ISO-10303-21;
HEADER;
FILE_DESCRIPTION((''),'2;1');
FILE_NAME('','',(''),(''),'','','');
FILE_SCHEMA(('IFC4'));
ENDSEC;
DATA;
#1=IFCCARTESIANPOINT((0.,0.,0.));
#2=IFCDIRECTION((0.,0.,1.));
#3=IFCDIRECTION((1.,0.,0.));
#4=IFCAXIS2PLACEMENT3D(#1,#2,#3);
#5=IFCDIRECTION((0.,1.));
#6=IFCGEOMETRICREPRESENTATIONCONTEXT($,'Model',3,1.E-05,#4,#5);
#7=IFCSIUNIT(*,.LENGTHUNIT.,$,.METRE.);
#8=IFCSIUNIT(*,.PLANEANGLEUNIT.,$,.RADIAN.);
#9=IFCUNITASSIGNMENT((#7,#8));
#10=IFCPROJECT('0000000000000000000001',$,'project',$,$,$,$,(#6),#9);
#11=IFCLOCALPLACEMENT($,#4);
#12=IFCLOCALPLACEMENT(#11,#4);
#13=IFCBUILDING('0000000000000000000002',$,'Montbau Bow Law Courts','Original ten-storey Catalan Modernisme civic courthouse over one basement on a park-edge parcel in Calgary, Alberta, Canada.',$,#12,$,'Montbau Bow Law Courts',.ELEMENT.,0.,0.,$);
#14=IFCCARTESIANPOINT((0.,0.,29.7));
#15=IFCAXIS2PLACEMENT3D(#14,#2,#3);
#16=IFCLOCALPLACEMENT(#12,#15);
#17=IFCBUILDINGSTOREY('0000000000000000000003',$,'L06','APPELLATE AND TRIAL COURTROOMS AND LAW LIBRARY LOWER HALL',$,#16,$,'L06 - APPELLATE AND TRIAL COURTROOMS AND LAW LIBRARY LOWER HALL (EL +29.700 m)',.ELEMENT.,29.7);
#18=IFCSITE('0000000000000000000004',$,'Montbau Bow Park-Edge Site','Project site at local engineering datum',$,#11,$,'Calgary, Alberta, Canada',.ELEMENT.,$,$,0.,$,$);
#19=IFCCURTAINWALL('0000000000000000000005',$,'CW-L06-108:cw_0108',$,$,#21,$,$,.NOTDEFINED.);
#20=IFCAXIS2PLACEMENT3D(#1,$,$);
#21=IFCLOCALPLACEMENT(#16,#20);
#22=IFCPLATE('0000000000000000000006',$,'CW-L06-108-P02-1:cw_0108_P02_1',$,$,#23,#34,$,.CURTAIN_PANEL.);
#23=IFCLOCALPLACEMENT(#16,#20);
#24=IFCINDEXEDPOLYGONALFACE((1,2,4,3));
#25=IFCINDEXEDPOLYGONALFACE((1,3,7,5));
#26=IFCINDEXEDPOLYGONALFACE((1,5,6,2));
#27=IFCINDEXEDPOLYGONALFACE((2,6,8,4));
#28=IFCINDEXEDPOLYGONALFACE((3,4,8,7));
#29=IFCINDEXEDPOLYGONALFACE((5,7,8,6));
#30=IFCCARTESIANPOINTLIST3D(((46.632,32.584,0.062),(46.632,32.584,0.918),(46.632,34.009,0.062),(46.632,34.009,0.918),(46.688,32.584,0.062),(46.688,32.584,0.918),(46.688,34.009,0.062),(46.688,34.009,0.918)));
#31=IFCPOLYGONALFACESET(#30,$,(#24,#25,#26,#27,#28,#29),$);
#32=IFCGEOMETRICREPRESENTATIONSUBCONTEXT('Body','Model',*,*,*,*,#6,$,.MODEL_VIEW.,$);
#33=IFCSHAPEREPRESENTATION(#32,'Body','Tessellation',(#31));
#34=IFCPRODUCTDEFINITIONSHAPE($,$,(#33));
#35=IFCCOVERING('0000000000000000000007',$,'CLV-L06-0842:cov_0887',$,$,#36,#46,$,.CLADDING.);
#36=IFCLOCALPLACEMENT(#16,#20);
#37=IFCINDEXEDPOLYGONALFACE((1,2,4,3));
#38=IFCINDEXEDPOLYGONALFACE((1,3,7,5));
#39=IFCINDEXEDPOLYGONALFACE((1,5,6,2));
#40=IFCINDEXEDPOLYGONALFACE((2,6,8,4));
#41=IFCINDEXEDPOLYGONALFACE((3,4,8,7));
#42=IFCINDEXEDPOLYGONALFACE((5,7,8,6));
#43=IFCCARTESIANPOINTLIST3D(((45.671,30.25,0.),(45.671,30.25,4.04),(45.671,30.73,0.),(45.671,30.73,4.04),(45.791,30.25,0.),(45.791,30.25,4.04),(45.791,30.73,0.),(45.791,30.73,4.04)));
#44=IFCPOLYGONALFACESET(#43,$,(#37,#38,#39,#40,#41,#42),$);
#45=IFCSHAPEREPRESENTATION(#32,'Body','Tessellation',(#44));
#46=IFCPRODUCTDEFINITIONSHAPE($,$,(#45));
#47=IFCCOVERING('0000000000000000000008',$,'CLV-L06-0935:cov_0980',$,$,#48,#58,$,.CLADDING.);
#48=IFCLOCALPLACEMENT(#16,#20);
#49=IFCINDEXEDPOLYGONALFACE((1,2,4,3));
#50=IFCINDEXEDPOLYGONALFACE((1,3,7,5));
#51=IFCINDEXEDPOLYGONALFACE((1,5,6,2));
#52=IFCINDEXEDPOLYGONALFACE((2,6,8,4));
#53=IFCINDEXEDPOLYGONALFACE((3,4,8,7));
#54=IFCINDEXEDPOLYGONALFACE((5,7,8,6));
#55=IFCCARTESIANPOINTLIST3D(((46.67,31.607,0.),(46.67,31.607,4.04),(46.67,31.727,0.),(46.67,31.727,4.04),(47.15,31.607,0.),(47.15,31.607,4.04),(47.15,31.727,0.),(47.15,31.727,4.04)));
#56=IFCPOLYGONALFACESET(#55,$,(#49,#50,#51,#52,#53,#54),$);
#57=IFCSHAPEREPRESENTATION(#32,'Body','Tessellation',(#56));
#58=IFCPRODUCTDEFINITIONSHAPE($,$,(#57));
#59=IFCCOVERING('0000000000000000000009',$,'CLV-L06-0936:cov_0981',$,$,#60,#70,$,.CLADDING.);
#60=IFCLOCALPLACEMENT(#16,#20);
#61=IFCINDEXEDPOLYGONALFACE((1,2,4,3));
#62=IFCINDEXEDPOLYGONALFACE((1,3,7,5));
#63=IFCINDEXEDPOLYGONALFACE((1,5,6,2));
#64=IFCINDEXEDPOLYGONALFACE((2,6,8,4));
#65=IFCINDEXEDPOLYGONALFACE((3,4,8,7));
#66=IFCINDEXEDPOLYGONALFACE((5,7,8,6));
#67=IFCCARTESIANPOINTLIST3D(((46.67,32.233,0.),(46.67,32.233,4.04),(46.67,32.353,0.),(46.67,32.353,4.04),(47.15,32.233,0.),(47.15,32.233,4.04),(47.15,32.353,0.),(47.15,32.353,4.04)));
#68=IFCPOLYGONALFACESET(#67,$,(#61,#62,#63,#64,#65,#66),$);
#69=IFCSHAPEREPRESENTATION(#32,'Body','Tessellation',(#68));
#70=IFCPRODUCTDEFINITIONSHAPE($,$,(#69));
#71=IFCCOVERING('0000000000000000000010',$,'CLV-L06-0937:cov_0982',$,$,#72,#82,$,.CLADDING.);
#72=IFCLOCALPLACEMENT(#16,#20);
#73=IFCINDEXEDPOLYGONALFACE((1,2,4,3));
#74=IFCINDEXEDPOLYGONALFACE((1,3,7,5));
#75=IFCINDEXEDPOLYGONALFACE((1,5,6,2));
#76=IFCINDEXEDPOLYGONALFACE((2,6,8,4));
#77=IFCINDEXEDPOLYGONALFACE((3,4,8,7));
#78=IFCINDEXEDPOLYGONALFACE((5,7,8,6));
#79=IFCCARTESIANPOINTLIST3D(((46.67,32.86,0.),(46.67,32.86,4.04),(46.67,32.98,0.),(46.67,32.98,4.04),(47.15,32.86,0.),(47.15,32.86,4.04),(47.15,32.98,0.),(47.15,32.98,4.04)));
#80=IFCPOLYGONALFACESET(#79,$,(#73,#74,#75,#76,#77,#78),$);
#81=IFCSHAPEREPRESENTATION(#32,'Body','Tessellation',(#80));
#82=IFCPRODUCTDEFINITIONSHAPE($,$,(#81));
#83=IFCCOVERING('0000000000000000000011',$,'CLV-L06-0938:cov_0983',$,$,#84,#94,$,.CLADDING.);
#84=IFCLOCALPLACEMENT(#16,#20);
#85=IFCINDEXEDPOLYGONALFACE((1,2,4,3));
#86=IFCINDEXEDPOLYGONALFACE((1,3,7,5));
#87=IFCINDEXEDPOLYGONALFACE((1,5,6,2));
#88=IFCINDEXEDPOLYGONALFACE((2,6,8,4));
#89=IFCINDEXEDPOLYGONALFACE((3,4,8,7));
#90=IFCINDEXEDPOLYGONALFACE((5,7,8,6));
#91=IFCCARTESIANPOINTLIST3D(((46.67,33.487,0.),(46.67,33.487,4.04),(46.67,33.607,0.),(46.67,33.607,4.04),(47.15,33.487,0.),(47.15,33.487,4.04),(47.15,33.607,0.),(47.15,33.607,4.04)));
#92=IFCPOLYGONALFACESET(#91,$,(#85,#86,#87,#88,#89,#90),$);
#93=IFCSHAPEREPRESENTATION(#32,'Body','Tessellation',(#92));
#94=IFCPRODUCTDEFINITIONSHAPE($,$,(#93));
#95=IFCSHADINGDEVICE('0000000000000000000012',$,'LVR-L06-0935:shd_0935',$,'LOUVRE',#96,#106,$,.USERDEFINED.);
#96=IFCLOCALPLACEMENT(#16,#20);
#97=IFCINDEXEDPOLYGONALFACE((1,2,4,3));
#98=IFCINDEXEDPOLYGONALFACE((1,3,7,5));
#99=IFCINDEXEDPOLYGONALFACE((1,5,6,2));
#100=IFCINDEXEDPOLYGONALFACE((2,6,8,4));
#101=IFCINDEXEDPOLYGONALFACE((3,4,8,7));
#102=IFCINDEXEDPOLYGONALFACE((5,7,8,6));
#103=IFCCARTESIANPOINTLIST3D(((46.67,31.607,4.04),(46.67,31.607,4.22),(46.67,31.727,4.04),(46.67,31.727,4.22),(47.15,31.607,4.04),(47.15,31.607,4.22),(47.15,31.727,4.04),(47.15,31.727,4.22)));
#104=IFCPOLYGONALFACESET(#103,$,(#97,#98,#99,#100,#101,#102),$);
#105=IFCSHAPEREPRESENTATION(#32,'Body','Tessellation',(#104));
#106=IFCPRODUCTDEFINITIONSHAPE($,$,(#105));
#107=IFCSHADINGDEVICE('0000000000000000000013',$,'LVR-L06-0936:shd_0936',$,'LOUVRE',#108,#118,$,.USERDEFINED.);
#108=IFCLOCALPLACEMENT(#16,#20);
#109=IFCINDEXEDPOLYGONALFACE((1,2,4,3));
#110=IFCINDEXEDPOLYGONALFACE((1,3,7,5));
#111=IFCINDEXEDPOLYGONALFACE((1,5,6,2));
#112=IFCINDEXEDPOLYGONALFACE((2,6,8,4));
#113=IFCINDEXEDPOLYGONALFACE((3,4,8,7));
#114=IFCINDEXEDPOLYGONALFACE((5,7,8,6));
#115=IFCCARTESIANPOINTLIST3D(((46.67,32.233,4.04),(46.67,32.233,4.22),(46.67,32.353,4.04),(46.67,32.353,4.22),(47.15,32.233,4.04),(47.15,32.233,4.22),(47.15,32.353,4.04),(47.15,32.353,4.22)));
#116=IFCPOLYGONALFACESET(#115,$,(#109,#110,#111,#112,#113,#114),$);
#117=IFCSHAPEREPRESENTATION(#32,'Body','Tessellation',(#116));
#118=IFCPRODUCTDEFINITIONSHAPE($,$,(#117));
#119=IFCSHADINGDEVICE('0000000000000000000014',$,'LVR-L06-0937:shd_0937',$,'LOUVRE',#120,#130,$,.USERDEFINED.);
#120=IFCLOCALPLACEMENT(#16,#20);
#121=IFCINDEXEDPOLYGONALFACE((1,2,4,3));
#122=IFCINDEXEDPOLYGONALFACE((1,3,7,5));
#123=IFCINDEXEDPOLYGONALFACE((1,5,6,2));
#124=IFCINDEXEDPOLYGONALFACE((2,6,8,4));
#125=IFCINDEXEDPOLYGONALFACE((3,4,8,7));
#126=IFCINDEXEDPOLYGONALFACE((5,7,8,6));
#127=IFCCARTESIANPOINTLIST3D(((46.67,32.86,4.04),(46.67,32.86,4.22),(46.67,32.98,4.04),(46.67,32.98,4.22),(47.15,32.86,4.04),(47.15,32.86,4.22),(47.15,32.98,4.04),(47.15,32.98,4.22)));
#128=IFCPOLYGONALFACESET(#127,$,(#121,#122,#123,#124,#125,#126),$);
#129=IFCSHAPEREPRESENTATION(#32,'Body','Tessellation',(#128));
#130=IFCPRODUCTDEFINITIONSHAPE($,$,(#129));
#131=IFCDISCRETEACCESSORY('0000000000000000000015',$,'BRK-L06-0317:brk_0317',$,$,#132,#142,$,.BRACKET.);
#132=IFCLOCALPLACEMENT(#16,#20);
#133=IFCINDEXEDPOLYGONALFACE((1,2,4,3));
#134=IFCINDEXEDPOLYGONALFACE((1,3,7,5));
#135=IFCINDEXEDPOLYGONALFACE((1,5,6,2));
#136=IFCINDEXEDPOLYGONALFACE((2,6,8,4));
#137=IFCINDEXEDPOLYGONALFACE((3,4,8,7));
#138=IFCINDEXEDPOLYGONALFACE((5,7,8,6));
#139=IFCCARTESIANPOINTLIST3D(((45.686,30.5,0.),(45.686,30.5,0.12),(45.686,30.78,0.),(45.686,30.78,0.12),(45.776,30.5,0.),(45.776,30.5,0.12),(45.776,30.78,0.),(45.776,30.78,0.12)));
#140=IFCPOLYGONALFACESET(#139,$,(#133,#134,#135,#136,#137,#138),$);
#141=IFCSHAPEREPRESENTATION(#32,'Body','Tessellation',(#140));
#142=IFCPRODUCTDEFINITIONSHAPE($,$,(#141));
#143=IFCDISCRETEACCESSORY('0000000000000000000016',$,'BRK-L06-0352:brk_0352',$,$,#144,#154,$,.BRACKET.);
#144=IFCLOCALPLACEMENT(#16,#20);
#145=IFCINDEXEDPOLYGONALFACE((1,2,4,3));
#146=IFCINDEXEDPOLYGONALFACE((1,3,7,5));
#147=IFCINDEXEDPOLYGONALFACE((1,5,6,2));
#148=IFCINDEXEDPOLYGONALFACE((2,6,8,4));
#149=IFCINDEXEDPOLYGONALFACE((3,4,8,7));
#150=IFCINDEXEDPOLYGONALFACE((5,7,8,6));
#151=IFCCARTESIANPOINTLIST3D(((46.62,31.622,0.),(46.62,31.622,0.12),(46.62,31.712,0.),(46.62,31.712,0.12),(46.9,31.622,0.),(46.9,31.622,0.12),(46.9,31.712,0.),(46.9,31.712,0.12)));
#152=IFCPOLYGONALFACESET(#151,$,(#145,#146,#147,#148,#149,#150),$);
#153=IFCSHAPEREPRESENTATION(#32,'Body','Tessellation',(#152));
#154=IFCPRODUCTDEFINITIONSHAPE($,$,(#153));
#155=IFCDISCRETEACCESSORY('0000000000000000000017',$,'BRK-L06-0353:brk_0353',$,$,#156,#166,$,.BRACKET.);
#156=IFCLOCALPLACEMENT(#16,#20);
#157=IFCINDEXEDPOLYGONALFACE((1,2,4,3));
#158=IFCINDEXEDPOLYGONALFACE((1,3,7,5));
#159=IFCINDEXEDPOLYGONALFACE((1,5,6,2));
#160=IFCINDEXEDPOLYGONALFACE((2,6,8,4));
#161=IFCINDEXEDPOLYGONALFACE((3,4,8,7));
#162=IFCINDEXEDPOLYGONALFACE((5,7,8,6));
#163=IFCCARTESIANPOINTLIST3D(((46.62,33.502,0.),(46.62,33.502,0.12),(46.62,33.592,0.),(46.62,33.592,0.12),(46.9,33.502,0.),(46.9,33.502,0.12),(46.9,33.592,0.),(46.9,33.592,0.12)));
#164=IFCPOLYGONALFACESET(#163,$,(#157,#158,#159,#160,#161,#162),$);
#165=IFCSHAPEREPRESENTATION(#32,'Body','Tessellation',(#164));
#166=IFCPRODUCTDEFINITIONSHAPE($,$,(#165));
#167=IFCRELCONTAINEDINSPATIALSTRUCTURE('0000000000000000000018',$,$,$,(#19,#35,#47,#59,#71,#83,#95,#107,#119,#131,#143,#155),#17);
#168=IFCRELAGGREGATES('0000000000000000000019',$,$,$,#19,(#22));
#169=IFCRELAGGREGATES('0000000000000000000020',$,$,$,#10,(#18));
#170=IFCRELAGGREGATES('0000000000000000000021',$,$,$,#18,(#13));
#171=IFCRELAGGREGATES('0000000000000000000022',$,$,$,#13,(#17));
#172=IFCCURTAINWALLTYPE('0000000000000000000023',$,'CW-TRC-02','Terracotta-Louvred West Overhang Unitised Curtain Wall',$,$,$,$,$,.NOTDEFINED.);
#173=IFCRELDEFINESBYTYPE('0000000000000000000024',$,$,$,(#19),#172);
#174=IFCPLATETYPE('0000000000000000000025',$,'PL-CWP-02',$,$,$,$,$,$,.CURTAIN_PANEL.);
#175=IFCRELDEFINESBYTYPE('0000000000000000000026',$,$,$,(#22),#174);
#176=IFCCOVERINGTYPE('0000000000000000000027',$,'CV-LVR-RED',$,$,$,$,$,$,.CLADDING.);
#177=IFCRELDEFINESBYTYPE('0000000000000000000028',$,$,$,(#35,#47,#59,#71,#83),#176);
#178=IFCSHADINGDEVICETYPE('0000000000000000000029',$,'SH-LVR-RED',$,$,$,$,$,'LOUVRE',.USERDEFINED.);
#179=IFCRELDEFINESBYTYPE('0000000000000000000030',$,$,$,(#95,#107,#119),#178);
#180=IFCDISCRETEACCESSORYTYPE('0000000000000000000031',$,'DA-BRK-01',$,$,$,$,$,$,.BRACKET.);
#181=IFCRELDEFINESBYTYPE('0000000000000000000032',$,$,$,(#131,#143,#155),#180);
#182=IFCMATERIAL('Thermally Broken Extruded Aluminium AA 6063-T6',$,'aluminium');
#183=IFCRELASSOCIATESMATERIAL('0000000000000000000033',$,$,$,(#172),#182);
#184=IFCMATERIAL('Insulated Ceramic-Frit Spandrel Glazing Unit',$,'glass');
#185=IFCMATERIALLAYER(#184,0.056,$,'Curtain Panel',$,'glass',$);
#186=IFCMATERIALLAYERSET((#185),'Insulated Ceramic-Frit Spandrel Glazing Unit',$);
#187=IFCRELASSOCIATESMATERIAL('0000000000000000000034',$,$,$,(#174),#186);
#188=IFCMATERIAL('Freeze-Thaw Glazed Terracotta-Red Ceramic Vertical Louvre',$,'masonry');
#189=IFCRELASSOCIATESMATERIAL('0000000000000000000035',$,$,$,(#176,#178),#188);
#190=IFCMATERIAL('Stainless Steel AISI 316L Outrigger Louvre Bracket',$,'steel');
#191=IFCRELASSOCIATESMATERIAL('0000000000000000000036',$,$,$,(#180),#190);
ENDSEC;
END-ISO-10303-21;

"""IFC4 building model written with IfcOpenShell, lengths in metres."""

from ifc_helpers import new_model, si_unit, direction, frame, frame_2d, origin_with_axes, origin_2d_with_axis, place, context, subcontext, project, spatial, rectangle, extrude, material, layer, layer_set, type_object, element, aggregate, save


model = new_model("IFC4")

# Units and contexts
model_context = context("Model", 3, precision=1e-05, world=origin_with_axes(), true_north=direction((0.0, 1.0)))
body_context = subcontext(model_context, "Body", "Model", "MODEL_VIEW")
ifc_project = project(units=[si_unit("LENGTHUNIT", "METRE"), si_unit("PLANEANGLEUNIT", "RADIAN")], contexts=[model_context])

# Site, building, storey
site_placement = place(None, origin_with_axes())
site = spatial("IfcSite", under=ifc_project, at=site_placement, Name="Montbau Bow Park-Edge Site", Description="Project site at local engineering datum", LongName="Calgary, Alberta, Canada", CompositionType="ELEMENT", RefElevation=0.0)
building_placement = place(site_placement, origin_with_axes())
building = spatial("IfcBuilding", under=site, at=building_placement, Name="Montbau Bow Law Courts", Description="Original ten-storey Catalan Modernisme civic courthouse over one basement on a park-edge parcel in Calgary, Alberta, Canada.", LongName="Montbau Bow Law Courts", CompositionType="ELEMENT", ElevationOfRefHeight=0.0, ElevationOfTerrain=0.0)
storey_placement = place(building_placement, frame((0.0, 0.0, 29.7), z_axis=(0.0, 0.0, 1.0), x_axis=(1.0, 0.0, 0.0)))
storey = spatial("IfcBuildingStorey", under=building, at=storey_placement, Name="L06", Description="APPELLATE AND TRIAL COURTROOMS AND LAW LIBRARY LOWER HALL", LongName="L06 - APPELLATE AND TRIAL COURTROOMS AND LAW LIBRARY LOWER HALL (EL +29.700 m)", CompositionType="ELEMENT", Elevation=29.7)

# Curtain wall
ifc_material_1 = material(Name="Thermally Broken Extruded Aluminium AA 6063-T6", Category="aluminium")
curtain_wall_type = type_object("IfcCurtainWallType", Name="CW-TRC-02", Description="Terracotta-Louvred West Overhang Unitised Curtain Wall", PredefinedType="NOTDEFINED", material=ifc_material_1)
curtain_wall_1_placement = place(None, frame((46.66, 31.04, 29.7), z_axis=(0.0, 0.0, 1.0), x_axis=(1.0, 0.0, 0.0)))
curtain_wall_1 = element("IfcCurtainWall", 1, at=curtain_wall_1_placement, inside=storey, type_object=curtain_wall_type, Name="CW-L06-108:cw_0108", PredefinedType="NOTDEFINED")

# Plate
ifc_material_2 = material(Name="Insulated Ceramic-Frit Spandrel Glazing Unit", Category="glass")
ifc_layer_1 = layer(ifc_material_2, 0.056, Name="Curtain Panel", Category="glass")
ifc_layer_set_1 = layer_set([ifc_layer_1], Name="Insulated Ceramic-Frit Spandrel Glazing Unit")
plate_type_1 = type_object("IfcPlateType", Name="PL-CWP-02", PredefinedType="CURTAIN_PANEL", material=ifc_layer_set_1)
plate_1_placement = place(None, frame((46.66, 32.584, 29.762), z_axis=(1.0, 0.0, 0.0), x_axis=(0.0, 1.0, 0.0)))
plate_1 = element("IfcPlate", 2, at=plate_1_placement, type_object=plate_type_1, Name="CW-L06-108-P02-1:cw_0108_P02_1", PredefinedType="CURTAIN_PANEL", context=body_context, shape_type="SweptSolid", body=[
    extrude(rectangle(XDim=1.425, YDim=0.856, at=frame_2d((0.7125, 0.428), x_axis=(1.0, 0.0))), frame((0.0, 0.0, -0.028), z_axis=(0.0, 0.0, 1.0), x_axis=(1.0, 0.0, 0.0)), (0.0, 0.0, 1.0), 0.056),
])
aggregate(curtain_wall_1, [plate_1])

# Coverings
ifc_material_3 = material(Name="Freeze-Thaw Glazed Terracotta-Red Ceramic Vertical Louvre", Category="masonry")
covering_type = type_object("IfcCoveringType", Name="CV-LVR-RED", PredefinedType="CLADDING", material=ifc_material_3)
for number, where, z_axis, x_axis, name in (
    (3, (45.731, 30.73, 29.7), (-1.0, 0.0, 0.0), (0.0, -1.0, 0.0), "CLV-L06-0842:cov_0887"),
    (4, (46.67, 31.667, 29.7), (0.0, -1.0, 0.0), (1.0, 0.0, 0.0), "CLV-L06-0935:cov_0980"),
    (5, (46.67, 32.293, 29.7), (0.0, -1.0, 0.0), (1.0, 0.0, 0.0), "CLV-L06-0936:cov_0981"),
    (6, (46.67, 32.92, 29.7), (0.0, -1.0, 0.0), (1.0, 0.0, 0.0), "CLV-L06-0937:cov_0982"),
    (7, (46.67, 33.547, 29.7), (0.0, -1.0, 0.0), (1.0, 0.0, 0.0), "CLV-L06-0938:cov_0983"),
):
    element("IfcCovering", number, at=place(None, frame(where, z_axis=z_axis, x_axis=x_axis)), inside=storey, type_object=covering_type, Name=name, PredefinedType="CLADDING", context=body_context, shape_type="SweptSolid", body=[
        extrude(rectangle(XDim=0.48, YDim=4.04, at=frame_2d((0.24, 2.02), x_axis=(1.0, 0.0))), frame((0.0, 0.0, -0.06), z_axis=(0.0, 0.0, 1.0), x_axis=(1.0, 0.0, 0.0)), (0.0, 0.0, 1.0), 0.12),
    ])

# Shading devices
shading_device_type = type_object("IfcShadingDeviceType", Name="SH-LVR-RED", ElementType="LOUVRE", PredefinedType="USERDEFINED", material=ifc_material_3)
for number, where, z_axis, x_axis, name in (
    (8, (46.91, 31.667, 33.74), (0.0, 0.0, 1.0), (1.0, 0.0, 0.0), "LVR-L06-0935:shd_0935"),
    (9, (46.91, 32.293, 33.74), (0.0, 0.0, 1.0), (1.0, 0.0, 0.0), "LVR-L06-0936:shd_0936"),
    (10, (46.91, 32.92, 33.74), (0.0, 0.0, 1.0), (1.0, 0.0, 0.0), "LVR-L06-0937:shd_0937"),
):
    element("IfcShadingDevice", number, at=place(None, frame(where, z_axis=z_axis, x_axis=x_axis)), inside=storey, type_object=shading_device_type, Name=name, ObjectType="LOUVRE", PredefinedType="USERDEFINED", context=body_context, shape_type="SweptSolid", body=[
        extrude(rectangle(XDim=0.48, YDim=0.12, at=origin_2d_with_axis()), origin_with_axes(), (0.0, 0.0, 1.0), 0.18),
    ])

# Discrete accessories
ifc_material_4 = material(Name="Stainless Steel AISI 316L Outrigger Louvre Bracket", Category="steel")
discrete_accessory_type = type_object("IfcDiscreteAccessoryType", Name="DA-BRK-01", PredefinedType="BRACKET", material=ifc_material_4)
for number, where, z_axis, x_axis, name in (
    (11, (45.731, 30.64, 29.7), (0.0, 0.0, 1.0), (0.0, -1.0, 0.0), "BRK-L06-0317:brk_0317"),
    (12, (46.76, 31.667, 29.7), (0.0, 0.0, 1.0), (1.0, 0.0, 0.0), "BRK-L06-0352:brk_0352"),
    (13, (46.76, 33.547, 29.7), (0.0, 0.0, 1.0), (1.0, 0.0, 0.0), "BRK-L06-0353:brk_0353"),
):
    element("IfcDiscreteAccessory", number, at=place(None, frame(where, z_axis=z_axis, x_axis=x_axis)), inside=storey, type_object=discrete_accessory_type, Name=name, PredefinedType="BRACKET", context=body_context, shape_type="SweptSolid", body=[
        extrude(rectangle(XDim=0.28, YDim=0.09, at=origin_2d_with_axis()), origin_with_axes(), (0.0, 0.0, 1.0), 0.12),
    ])

save(model, "model.ifc")
